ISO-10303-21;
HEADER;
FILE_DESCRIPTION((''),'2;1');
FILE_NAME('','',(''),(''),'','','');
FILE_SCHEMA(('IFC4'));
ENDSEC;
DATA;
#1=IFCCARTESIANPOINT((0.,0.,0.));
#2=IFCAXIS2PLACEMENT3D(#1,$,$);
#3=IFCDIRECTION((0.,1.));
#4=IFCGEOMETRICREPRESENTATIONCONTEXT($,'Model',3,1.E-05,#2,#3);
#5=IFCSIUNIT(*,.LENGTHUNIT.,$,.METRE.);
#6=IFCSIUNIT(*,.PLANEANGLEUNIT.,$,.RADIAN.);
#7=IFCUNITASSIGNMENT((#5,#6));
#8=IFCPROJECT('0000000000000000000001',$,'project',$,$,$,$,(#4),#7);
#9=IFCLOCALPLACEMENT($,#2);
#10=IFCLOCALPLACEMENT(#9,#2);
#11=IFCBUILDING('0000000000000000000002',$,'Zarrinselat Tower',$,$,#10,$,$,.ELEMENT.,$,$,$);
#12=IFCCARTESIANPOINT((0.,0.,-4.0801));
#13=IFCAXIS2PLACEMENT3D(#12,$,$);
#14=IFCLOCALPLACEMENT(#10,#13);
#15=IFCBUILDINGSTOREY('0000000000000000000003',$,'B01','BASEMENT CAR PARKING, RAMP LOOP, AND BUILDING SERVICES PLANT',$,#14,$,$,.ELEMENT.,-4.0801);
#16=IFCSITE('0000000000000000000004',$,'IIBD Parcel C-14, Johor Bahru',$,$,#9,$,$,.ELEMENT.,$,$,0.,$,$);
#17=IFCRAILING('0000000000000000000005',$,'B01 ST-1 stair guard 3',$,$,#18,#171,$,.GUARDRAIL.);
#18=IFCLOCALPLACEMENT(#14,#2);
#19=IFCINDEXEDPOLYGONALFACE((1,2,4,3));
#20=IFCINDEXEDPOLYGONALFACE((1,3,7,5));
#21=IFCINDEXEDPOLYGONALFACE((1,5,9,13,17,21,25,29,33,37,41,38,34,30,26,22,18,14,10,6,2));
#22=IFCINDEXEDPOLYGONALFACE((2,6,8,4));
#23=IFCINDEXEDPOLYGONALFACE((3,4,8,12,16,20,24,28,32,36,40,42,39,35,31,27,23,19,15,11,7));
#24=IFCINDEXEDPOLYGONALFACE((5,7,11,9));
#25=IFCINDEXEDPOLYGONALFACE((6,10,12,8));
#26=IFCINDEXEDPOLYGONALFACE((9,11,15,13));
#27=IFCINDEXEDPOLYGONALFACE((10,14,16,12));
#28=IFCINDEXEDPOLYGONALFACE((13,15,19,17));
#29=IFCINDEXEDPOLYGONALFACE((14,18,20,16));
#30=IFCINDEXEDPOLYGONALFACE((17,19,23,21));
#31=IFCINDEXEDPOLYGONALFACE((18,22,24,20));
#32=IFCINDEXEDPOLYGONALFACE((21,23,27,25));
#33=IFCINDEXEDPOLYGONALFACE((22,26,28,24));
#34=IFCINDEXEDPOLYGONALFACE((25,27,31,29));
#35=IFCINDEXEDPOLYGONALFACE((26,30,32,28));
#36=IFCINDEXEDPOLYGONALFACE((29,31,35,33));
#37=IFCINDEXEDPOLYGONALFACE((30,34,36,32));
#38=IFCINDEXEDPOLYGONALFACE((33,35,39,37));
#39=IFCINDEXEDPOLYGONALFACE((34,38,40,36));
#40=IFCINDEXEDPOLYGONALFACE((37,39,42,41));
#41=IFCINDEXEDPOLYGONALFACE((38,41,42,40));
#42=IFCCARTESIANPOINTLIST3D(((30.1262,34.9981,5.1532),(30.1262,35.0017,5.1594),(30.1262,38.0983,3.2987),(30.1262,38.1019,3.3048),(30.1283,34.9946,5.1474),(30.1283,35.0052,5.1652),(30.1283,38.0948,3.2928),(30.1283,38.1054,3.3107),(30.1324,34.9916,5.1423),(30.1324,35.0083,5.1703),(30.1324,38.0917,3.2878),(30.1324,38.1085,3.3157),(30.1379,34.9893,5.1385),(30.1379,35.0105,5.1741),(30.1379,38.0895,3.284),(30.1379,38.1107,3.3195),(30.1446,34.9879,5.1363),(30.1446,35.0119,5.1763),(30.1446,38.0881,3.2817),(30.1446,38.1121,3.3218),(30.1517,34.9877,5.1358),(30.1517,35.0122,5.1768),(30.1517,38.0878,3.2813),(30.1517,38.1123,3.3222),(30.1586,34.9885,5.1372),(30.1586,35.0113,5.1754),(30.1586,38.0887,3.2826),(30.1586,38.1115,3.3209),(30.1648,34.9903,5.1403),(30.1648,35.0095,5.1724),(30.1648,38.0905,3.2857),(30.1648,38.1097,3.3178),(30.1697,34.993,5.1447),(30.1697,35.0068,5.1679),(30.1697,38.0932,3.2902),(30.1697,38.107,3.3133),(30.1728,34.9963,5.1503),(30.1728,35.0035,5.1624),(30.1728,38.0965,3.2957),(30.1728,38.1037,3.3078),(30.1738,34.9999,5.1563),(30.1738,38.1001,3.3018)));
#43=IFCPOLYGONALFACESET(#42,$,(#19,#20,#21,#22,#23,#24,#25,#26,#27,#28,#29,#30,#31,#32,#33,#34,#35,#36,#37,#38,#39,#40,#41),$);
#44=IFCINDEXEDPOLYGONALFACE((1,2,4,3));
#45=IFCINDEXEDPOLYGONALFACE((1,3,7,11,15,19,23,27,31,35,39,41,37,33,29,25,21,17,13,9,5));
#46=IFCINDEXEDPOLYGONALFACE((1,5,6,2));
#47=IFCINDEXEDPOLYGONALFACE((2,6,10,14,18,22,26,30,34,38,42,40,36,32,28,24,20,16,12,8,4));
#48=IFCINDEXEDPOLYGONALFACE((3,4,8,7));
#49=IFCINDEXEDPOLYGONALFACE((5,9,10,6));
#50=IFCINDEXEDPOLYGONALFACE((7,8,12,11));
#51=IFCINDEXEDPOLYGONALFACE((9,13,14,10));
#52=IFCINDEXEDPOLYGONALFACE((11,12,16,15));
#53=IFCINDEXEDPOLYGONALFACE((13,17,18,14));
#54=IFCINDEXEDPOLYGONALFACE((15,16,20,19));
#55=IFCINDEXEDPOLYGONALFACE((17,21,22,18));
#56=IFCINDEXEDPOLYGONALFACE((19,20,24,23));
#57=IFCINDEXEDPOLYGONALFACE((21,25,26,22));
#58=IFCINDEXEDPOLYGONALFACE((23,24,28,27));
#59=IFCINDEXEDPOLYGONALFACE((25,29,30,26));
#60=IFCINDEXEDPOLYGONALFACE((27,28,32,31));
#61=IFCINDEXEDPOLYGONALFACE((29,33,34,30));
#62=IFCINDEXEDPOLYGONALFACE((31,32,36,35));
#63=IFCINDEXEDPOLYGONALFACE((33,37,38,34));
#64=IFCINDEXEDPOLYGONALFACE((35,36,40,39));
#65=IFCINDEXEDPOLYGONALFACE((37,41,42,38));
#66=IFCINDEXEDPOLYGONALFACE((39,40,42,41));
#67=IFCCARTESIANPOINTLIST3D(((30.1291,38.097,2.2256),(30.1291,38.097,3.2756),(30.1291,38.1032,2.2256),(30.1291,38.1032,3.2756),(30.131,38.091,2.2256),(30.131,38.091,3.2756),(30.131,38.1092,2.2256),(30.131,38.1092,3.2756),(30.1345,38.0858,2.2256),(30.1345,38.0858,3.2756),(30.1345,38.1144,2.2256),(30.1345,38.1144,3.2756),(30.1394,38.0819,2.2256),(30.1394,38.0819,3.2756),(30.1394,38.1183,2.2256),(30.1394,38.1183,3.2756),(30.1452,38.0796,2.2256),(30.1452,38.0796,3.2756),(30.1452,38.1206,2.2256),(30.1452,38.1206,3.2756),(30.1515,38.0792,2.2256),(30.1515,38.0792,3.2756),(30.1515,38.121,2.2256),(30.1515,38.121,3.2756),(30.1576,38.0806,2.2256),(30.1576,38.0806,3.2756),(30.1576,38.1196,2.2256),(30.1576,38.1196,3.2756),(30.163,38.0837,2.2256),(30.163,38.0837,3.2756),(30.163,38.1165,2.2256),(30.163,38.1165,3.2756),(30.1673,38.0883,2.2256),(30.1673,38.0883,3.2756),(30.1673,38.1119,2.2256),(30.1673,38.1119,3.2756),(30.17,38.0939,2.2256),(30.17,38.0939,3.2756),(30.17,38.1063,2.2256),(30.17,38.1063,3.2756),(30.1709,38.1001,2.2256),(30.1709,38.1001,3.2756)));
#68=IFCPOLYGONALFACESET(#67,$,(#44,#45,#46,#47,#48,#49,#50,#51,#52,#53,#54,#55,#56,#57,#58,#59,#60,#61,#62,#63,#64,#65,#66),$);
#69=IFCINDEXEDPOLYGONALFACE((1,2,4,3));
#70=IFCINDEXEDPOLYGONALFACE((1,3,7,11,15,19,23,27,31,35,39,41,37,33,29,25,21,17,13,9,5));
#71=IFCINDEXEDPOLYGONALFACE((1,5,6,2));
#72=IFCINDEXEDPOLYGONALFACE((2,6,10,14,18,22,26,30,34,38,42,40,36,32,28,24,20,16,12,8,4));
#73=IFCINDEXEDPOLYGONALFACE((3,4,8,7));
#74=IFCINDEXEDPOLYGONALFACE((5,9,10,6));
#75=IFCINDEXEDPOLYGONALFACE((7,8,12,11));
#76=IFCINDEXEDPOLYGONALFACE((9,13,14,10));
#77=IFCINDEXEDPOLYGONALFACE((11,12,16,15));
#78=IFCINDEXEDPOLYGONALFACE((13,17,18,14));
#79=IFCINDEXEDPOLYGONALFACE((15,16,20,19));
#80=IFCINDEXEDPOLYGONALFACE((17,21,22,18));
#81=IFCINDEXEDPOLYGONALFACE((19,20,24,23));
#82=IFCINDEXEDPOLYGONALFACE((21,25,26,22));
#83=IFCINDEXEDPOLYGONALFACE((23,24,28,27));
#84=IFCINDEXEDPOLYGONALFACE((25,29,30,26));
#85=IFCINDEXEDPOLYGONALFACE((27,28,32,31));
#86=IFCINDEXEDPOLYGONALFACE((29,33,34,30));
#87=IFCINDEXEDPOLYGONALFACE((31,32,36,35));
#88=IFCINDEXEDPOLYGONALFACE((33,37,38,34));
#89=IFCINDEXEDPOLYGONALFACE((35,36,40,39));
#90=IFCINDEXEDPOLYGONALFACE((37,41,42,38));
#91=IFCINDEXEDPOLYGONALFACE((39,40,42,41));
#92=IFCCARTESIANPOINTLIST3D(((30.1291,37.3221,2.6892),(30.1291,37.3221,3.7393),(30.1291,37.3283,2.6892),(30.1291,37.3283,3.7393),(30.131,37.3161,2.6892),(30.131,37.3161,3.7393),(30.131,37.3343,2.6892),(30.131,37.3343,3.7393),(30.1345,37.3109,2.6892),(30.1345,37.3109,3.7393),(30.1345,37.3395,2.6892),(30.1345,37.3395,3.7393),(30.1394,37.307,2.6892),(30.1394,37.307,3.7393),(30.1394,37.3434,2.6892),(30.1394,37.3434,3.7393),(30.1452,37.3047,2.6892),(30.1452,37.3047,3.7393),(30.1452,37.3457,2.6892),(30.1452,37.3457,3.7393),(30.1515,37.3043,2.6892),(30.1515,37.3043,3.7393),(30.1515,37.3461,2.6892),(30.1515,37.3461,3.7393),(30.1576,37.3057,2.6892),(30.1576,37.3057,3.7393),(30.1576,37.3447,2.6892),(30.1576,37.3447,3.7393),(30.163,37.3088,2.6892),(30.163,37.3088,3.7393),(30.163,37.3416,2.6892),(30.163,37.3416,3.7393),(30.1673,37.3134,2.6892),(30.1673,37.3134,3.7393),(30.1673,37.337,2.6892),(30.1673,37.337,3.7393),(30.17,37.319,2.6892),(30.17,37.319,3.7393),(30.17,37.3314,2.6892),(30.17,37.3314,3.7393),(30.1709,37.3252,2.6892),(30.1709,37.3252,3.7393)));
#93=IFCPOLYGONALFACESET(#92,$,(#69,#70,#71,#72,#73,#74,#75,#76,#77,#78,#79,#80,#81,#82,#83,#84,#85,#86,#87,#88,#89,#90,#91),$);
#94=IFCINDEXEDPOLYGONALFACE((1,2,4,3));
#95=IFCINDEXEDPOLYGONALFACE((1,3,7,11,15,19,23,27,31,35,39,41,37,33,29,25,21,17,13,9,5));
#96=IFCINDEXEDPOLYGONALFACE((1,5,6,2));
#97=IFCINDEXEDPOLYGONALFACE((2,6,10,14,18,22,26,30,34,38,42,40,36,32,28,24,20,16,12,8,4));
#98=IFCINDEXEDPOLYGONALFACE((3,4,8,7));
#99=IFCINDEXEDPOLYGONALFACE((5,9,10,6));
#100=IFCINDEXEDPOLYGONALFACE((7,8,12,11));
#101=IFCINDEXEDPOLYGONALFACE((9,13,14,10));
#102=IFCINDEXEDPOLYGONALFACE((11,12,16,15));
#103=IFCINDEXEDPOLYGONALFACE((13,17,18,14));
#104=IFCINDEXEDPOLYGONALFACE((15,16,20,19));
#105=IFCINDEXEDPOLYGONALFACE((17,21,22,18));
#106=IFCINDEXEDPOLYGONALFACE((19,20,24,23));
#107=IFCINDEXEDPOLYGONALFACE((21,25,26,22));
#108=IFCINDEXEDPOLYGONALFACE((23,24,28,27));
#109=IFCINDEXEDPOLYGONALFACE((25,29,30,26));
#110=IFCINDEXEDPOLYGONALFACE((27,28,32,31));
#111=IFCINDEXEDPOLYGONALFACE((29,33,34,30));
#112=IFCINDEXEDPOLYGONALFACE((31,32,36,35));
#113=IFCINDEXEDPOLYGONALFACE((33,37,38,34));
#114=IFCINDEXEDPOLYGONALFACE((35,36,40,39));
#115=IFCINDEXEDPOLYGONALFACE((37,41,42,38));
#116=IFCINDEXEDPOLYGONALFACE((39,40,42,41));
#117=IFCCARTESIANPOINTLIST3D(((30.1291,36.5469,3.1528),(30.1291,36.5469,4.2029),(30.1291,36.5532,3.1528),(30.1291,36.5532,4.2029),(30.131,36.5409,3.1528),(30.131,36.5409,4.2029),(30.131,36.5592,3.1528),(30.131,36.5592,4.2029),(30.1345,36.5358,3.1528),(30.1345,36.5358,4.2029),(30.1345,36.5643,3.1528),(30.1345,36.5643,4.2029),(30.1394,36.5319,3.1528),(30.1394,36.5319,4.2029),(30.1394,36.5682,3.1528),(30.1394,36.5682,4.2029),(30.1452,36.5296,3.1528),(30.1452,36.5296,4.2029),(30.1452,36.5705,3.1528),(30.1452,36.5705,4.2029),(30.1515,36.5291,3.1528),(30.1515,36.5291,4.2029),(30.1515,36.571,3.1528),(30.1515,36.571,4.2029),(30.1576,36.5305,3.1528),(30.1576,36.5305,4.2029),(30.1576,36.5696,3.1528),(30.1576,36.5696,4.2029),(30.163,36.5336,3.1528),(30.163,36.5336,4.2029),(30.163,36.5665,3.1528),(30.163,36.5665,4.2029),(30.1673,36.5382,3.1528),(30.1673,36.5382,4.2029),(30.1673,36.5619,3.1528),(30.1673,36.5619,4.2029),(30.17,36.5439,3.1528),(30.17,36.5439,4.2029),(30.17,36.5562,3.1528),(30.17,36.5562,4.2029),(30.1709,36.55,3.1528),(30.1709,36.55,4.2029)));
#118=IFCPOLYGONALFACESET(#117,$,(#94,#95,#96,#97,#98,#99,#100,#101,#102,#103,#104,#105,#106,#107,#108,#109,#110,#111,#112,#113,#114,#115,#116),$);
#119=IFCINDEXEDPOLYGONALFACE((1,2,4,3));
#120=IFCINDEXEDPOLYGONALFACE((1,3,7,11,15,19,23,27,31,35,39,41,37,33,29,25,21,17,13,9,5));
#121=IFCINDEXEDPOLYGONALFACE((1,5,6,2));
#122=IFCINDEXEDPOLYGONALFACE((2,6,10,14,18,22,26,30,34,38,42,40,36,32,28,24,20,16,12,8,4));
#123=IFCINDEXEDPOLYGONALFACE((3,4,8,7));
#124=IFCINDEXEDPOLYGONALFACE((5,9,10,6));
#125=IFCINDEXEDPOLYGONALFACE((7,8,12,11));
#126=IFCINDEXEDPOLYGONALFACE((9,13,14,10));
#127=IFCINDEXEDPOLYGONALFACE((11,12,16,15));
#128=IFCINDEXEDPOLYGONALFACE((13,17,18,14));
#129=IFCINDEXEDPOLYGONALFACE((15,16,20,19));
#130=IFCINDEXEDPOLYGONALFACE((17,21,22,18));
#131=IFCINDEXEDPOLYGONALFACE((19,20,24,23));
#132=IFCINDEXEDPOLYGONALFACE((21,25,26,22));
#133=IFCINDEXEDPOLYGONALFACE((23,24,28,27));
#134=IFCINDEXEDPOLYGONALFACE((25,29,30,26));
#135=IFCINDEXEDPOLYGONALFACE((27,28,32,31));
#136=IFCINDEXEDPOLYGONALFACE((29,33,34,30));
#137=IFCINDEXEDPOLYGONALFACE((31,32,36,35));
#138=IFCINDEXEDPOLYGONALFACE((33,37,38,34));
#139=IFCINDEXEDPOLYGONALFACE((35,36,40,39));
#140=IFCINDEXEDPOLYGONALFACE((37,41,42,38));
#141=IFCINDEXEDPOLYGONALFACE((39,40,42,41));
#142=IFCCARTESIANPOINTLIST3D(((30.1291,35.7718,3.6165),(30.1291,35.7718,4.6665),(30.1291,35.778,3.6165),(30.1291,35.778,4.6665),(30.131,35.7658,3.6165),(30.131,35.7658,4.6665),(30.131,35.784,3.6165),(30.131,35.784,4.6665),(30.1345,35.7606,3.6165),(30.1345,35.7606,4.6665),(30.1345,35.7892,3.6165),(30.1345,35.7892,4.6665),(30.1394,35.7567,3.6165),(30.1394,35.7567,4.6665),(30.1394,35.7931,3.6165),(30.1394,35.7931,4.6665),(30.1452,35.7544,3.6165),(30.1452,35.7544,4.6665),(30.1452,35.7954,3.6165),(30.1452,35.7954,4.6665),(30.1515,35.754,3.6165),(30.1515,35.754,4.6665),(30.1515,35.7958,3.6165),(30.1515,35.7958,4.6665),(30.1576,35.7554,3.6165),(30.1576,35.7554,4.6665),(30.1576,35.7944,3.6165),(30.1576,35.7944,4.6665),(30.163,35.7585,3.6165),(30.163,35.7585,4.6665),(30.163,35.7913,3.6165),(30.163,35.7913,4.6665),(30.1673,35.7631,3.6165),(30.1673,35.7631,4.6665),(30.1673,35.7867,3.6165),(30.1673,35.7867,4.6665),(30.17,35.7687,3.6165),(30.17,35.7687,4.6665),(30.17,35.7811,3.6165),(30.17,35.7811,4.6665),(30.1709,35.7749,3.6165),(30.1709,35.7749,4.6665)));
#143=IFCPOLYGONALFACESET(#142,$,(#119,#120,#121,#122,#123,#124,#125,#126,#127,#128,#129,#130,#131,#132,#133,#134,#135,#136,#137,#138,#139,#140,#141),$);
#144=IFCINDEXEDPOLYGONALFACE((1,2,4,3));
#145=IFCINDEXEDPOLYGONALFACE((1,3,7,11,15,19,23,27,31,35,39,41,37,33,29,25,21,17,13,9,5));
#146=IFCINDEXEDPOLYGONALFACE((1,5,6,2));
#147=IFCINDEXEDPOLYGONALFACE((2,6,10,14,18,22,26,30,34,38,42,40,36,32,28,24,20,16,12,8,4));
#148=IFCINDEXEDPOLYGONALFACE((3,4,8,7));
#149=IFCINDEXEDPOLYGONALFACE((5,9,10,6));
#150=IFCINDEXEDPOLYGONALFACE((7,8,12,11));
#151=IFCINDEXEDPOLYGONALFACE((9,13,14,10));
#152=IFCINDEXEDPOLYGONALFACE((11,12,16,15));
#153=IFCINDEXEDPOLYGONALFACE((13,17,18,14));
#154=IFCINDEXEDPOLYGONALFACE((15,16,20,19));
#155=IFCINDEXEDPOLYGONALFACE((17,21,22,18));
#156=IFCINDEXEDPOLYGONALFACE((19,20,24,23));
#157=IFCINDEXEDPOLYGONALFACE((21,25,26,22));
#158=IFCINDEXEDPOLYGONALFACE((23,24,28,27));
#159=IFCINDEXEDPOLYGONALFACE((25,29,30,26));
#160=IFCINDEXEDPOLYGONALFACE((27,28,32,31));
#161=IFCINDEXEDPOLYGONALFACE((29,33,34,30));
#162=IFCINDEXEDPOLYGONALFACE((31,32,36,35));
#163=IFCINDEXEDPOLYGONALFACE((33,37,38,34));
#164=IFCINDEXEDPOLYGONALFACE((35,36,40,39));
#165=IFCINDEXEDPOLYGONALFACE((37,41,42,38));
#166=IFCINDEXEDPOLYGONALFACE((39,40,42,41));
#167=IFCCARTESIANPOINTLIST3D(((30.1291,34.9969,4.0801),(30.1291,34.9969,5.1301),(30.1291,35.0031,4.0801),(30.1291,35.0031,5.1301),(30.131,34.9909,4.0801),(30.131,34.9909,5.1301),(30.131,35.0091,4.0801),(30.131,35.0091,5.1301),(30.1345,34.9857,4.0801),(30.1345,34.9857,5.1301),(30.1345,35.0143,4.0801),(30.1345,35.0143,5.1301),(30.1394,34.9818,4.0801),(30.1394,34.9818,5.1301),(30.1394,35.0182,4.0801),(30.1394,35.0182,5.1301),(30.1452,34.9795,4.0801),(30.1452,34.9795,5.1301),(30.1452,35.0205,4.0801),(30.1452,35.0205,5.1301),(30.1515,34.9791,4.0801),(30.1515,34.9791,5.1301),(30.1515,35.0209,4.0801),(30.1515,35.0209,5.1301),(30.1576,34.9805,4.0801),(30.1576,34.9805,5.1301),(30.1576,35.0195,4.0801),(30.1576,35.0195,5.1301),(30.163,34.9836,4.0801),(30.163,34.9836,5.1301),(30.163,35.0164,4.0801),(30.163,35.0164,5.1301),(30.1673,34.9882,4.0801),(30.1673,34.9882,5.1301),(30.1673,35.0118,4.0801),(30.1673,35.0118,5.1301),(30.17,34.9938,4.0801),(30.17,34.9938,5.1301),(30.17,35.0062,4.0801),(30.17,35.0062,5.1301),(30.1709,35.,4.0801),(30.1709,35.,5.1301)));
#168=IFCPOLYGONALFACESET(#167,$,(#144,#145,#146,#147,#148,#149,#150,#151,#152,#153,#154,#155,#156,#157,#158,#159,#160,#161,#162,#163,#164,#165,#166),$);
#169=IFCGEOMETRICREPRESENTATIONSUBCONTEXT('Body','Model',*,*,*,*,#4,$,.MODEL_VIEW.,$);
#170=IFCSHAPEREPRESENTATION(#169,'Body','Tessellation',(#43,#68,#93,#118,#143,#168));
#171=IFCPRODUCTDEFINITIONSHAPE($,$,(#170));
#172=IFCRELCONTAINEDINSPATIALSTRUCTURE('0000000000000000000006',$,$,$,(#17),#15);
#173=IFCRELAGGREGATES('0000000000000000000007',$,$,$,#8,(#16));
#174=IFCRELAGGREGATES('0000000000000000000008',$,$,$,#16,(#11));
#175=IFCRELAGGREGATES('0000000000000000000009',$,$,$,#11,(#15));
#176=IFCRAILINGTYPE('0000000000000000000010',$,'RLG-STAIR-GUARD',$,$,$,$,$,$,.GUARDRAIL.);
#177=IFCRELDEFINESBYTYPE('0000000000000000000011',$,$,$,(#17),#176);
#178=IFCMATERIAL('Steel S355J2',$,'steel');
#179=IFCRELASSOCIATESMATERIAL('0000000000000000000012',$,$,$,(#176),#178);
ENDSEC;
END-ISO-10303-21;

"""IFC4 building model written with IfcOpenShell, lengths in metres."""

from ifc_helpers import new_model, si_unit, direction, frame, origin, origin_2d, place, context, subcontext, project, spatial, circle, extrude, material, type_object, element, save


model = new_model("IFC4")

# Units and contexts
model_context = context("Model", 3, precision=1e-05, world=origin(), true_north=direction((0.0, 1.0)))
body_context = subcontext(model_context, "Body", "Model", "MODEL_VIEW")
ifc_project = project(units=[si_unit("LENGTHUNIT", "METRE"), si_unit("PLANEANGLEUNIT", "RADIAN")], contexts=[model_context])

# Site, building, storey
site_placement = place(None, origin())
site = spatial("IfcSite", under=ifc_project, at=site_placement, Name="IIBD Parcel C-14, Johor Bahru", CompositionType="ELEMENT", RefElevation=0.0)
building_placement = place(site_placement, origin())
building = spatial("IfcBuilding", under=site, at=building_placement, Name="Zarrinselat Tower", CompositionType="ELEMENT")
storey_placement = place(building_placement, frame((0.0, 0.0, -4.0801)))
storey = spatial("IfcBuildingStorey", under=building, at=storey_placement, Name="B01", Description="BASEMENT CAR PARKING, RAMP LOOP, AND BUILDING SERVICES PLANT", CompositionType="ELEMENT", Elevation=-4.0801)

# Railing
ifc_material_1 = material(Name="Steel S355J2", Category="steel")
railing_type_1 = type_object("IfcRailingType", Name="RLG-STAIR-GUARD", PredefinedType="GUARDRAIL", material=ifc_material_1)
railing_1_placement = place(storey_placement, frame((30.1499, 38.1001, 2.2256)))
element("IfcRailing", 1, at=railing_1_placement, inside=storey, type_object=railing_type_1, Name="B01 ST-1 stair guard 3", PredefinedType="GUARDRAIL", context=body_context, shape_type="SweptSolid", body=[
    extrude(circle(Radius=0.0239, at=origin_2d()), frame((0.0, 0.0, 1.0762), z_axis=(0.0, -0.858172, 0.513362), x_axis=(1.0, 0.0, 0.0)), (0.0, 0.0, 1.0), 3.6125),
    extrude(circle(Radius=0.021, at=origin_2d()), origin(), (0.0, 0.0, 1.0), 1.05),
    extrude(circle(Radius=0.021, at=origin_2d()), frame((0.0, -0.7749, 0.4636)), (0.0, 0.0, 1.0), 1.05),
    extrude(circle(Radius=0.021, at=origin_2d()), frame((0.0, -1.55, 0.9272)), (0.0, 0.0, 1.0), 1.05),
    extrude(circle(Radius=0.021, at=origin_2d()), frame((0.0, -2.3252, 1.3909)), (0.0, 0.0, 1.0), 1.05),
    extrude(circle(Radius=0.021, at=origin_2d()), frame((0.0, -3.1001, 1.8545)), (0.0, 0.0, 1.0), 1.05),
])

save(model, "model.ifc")
